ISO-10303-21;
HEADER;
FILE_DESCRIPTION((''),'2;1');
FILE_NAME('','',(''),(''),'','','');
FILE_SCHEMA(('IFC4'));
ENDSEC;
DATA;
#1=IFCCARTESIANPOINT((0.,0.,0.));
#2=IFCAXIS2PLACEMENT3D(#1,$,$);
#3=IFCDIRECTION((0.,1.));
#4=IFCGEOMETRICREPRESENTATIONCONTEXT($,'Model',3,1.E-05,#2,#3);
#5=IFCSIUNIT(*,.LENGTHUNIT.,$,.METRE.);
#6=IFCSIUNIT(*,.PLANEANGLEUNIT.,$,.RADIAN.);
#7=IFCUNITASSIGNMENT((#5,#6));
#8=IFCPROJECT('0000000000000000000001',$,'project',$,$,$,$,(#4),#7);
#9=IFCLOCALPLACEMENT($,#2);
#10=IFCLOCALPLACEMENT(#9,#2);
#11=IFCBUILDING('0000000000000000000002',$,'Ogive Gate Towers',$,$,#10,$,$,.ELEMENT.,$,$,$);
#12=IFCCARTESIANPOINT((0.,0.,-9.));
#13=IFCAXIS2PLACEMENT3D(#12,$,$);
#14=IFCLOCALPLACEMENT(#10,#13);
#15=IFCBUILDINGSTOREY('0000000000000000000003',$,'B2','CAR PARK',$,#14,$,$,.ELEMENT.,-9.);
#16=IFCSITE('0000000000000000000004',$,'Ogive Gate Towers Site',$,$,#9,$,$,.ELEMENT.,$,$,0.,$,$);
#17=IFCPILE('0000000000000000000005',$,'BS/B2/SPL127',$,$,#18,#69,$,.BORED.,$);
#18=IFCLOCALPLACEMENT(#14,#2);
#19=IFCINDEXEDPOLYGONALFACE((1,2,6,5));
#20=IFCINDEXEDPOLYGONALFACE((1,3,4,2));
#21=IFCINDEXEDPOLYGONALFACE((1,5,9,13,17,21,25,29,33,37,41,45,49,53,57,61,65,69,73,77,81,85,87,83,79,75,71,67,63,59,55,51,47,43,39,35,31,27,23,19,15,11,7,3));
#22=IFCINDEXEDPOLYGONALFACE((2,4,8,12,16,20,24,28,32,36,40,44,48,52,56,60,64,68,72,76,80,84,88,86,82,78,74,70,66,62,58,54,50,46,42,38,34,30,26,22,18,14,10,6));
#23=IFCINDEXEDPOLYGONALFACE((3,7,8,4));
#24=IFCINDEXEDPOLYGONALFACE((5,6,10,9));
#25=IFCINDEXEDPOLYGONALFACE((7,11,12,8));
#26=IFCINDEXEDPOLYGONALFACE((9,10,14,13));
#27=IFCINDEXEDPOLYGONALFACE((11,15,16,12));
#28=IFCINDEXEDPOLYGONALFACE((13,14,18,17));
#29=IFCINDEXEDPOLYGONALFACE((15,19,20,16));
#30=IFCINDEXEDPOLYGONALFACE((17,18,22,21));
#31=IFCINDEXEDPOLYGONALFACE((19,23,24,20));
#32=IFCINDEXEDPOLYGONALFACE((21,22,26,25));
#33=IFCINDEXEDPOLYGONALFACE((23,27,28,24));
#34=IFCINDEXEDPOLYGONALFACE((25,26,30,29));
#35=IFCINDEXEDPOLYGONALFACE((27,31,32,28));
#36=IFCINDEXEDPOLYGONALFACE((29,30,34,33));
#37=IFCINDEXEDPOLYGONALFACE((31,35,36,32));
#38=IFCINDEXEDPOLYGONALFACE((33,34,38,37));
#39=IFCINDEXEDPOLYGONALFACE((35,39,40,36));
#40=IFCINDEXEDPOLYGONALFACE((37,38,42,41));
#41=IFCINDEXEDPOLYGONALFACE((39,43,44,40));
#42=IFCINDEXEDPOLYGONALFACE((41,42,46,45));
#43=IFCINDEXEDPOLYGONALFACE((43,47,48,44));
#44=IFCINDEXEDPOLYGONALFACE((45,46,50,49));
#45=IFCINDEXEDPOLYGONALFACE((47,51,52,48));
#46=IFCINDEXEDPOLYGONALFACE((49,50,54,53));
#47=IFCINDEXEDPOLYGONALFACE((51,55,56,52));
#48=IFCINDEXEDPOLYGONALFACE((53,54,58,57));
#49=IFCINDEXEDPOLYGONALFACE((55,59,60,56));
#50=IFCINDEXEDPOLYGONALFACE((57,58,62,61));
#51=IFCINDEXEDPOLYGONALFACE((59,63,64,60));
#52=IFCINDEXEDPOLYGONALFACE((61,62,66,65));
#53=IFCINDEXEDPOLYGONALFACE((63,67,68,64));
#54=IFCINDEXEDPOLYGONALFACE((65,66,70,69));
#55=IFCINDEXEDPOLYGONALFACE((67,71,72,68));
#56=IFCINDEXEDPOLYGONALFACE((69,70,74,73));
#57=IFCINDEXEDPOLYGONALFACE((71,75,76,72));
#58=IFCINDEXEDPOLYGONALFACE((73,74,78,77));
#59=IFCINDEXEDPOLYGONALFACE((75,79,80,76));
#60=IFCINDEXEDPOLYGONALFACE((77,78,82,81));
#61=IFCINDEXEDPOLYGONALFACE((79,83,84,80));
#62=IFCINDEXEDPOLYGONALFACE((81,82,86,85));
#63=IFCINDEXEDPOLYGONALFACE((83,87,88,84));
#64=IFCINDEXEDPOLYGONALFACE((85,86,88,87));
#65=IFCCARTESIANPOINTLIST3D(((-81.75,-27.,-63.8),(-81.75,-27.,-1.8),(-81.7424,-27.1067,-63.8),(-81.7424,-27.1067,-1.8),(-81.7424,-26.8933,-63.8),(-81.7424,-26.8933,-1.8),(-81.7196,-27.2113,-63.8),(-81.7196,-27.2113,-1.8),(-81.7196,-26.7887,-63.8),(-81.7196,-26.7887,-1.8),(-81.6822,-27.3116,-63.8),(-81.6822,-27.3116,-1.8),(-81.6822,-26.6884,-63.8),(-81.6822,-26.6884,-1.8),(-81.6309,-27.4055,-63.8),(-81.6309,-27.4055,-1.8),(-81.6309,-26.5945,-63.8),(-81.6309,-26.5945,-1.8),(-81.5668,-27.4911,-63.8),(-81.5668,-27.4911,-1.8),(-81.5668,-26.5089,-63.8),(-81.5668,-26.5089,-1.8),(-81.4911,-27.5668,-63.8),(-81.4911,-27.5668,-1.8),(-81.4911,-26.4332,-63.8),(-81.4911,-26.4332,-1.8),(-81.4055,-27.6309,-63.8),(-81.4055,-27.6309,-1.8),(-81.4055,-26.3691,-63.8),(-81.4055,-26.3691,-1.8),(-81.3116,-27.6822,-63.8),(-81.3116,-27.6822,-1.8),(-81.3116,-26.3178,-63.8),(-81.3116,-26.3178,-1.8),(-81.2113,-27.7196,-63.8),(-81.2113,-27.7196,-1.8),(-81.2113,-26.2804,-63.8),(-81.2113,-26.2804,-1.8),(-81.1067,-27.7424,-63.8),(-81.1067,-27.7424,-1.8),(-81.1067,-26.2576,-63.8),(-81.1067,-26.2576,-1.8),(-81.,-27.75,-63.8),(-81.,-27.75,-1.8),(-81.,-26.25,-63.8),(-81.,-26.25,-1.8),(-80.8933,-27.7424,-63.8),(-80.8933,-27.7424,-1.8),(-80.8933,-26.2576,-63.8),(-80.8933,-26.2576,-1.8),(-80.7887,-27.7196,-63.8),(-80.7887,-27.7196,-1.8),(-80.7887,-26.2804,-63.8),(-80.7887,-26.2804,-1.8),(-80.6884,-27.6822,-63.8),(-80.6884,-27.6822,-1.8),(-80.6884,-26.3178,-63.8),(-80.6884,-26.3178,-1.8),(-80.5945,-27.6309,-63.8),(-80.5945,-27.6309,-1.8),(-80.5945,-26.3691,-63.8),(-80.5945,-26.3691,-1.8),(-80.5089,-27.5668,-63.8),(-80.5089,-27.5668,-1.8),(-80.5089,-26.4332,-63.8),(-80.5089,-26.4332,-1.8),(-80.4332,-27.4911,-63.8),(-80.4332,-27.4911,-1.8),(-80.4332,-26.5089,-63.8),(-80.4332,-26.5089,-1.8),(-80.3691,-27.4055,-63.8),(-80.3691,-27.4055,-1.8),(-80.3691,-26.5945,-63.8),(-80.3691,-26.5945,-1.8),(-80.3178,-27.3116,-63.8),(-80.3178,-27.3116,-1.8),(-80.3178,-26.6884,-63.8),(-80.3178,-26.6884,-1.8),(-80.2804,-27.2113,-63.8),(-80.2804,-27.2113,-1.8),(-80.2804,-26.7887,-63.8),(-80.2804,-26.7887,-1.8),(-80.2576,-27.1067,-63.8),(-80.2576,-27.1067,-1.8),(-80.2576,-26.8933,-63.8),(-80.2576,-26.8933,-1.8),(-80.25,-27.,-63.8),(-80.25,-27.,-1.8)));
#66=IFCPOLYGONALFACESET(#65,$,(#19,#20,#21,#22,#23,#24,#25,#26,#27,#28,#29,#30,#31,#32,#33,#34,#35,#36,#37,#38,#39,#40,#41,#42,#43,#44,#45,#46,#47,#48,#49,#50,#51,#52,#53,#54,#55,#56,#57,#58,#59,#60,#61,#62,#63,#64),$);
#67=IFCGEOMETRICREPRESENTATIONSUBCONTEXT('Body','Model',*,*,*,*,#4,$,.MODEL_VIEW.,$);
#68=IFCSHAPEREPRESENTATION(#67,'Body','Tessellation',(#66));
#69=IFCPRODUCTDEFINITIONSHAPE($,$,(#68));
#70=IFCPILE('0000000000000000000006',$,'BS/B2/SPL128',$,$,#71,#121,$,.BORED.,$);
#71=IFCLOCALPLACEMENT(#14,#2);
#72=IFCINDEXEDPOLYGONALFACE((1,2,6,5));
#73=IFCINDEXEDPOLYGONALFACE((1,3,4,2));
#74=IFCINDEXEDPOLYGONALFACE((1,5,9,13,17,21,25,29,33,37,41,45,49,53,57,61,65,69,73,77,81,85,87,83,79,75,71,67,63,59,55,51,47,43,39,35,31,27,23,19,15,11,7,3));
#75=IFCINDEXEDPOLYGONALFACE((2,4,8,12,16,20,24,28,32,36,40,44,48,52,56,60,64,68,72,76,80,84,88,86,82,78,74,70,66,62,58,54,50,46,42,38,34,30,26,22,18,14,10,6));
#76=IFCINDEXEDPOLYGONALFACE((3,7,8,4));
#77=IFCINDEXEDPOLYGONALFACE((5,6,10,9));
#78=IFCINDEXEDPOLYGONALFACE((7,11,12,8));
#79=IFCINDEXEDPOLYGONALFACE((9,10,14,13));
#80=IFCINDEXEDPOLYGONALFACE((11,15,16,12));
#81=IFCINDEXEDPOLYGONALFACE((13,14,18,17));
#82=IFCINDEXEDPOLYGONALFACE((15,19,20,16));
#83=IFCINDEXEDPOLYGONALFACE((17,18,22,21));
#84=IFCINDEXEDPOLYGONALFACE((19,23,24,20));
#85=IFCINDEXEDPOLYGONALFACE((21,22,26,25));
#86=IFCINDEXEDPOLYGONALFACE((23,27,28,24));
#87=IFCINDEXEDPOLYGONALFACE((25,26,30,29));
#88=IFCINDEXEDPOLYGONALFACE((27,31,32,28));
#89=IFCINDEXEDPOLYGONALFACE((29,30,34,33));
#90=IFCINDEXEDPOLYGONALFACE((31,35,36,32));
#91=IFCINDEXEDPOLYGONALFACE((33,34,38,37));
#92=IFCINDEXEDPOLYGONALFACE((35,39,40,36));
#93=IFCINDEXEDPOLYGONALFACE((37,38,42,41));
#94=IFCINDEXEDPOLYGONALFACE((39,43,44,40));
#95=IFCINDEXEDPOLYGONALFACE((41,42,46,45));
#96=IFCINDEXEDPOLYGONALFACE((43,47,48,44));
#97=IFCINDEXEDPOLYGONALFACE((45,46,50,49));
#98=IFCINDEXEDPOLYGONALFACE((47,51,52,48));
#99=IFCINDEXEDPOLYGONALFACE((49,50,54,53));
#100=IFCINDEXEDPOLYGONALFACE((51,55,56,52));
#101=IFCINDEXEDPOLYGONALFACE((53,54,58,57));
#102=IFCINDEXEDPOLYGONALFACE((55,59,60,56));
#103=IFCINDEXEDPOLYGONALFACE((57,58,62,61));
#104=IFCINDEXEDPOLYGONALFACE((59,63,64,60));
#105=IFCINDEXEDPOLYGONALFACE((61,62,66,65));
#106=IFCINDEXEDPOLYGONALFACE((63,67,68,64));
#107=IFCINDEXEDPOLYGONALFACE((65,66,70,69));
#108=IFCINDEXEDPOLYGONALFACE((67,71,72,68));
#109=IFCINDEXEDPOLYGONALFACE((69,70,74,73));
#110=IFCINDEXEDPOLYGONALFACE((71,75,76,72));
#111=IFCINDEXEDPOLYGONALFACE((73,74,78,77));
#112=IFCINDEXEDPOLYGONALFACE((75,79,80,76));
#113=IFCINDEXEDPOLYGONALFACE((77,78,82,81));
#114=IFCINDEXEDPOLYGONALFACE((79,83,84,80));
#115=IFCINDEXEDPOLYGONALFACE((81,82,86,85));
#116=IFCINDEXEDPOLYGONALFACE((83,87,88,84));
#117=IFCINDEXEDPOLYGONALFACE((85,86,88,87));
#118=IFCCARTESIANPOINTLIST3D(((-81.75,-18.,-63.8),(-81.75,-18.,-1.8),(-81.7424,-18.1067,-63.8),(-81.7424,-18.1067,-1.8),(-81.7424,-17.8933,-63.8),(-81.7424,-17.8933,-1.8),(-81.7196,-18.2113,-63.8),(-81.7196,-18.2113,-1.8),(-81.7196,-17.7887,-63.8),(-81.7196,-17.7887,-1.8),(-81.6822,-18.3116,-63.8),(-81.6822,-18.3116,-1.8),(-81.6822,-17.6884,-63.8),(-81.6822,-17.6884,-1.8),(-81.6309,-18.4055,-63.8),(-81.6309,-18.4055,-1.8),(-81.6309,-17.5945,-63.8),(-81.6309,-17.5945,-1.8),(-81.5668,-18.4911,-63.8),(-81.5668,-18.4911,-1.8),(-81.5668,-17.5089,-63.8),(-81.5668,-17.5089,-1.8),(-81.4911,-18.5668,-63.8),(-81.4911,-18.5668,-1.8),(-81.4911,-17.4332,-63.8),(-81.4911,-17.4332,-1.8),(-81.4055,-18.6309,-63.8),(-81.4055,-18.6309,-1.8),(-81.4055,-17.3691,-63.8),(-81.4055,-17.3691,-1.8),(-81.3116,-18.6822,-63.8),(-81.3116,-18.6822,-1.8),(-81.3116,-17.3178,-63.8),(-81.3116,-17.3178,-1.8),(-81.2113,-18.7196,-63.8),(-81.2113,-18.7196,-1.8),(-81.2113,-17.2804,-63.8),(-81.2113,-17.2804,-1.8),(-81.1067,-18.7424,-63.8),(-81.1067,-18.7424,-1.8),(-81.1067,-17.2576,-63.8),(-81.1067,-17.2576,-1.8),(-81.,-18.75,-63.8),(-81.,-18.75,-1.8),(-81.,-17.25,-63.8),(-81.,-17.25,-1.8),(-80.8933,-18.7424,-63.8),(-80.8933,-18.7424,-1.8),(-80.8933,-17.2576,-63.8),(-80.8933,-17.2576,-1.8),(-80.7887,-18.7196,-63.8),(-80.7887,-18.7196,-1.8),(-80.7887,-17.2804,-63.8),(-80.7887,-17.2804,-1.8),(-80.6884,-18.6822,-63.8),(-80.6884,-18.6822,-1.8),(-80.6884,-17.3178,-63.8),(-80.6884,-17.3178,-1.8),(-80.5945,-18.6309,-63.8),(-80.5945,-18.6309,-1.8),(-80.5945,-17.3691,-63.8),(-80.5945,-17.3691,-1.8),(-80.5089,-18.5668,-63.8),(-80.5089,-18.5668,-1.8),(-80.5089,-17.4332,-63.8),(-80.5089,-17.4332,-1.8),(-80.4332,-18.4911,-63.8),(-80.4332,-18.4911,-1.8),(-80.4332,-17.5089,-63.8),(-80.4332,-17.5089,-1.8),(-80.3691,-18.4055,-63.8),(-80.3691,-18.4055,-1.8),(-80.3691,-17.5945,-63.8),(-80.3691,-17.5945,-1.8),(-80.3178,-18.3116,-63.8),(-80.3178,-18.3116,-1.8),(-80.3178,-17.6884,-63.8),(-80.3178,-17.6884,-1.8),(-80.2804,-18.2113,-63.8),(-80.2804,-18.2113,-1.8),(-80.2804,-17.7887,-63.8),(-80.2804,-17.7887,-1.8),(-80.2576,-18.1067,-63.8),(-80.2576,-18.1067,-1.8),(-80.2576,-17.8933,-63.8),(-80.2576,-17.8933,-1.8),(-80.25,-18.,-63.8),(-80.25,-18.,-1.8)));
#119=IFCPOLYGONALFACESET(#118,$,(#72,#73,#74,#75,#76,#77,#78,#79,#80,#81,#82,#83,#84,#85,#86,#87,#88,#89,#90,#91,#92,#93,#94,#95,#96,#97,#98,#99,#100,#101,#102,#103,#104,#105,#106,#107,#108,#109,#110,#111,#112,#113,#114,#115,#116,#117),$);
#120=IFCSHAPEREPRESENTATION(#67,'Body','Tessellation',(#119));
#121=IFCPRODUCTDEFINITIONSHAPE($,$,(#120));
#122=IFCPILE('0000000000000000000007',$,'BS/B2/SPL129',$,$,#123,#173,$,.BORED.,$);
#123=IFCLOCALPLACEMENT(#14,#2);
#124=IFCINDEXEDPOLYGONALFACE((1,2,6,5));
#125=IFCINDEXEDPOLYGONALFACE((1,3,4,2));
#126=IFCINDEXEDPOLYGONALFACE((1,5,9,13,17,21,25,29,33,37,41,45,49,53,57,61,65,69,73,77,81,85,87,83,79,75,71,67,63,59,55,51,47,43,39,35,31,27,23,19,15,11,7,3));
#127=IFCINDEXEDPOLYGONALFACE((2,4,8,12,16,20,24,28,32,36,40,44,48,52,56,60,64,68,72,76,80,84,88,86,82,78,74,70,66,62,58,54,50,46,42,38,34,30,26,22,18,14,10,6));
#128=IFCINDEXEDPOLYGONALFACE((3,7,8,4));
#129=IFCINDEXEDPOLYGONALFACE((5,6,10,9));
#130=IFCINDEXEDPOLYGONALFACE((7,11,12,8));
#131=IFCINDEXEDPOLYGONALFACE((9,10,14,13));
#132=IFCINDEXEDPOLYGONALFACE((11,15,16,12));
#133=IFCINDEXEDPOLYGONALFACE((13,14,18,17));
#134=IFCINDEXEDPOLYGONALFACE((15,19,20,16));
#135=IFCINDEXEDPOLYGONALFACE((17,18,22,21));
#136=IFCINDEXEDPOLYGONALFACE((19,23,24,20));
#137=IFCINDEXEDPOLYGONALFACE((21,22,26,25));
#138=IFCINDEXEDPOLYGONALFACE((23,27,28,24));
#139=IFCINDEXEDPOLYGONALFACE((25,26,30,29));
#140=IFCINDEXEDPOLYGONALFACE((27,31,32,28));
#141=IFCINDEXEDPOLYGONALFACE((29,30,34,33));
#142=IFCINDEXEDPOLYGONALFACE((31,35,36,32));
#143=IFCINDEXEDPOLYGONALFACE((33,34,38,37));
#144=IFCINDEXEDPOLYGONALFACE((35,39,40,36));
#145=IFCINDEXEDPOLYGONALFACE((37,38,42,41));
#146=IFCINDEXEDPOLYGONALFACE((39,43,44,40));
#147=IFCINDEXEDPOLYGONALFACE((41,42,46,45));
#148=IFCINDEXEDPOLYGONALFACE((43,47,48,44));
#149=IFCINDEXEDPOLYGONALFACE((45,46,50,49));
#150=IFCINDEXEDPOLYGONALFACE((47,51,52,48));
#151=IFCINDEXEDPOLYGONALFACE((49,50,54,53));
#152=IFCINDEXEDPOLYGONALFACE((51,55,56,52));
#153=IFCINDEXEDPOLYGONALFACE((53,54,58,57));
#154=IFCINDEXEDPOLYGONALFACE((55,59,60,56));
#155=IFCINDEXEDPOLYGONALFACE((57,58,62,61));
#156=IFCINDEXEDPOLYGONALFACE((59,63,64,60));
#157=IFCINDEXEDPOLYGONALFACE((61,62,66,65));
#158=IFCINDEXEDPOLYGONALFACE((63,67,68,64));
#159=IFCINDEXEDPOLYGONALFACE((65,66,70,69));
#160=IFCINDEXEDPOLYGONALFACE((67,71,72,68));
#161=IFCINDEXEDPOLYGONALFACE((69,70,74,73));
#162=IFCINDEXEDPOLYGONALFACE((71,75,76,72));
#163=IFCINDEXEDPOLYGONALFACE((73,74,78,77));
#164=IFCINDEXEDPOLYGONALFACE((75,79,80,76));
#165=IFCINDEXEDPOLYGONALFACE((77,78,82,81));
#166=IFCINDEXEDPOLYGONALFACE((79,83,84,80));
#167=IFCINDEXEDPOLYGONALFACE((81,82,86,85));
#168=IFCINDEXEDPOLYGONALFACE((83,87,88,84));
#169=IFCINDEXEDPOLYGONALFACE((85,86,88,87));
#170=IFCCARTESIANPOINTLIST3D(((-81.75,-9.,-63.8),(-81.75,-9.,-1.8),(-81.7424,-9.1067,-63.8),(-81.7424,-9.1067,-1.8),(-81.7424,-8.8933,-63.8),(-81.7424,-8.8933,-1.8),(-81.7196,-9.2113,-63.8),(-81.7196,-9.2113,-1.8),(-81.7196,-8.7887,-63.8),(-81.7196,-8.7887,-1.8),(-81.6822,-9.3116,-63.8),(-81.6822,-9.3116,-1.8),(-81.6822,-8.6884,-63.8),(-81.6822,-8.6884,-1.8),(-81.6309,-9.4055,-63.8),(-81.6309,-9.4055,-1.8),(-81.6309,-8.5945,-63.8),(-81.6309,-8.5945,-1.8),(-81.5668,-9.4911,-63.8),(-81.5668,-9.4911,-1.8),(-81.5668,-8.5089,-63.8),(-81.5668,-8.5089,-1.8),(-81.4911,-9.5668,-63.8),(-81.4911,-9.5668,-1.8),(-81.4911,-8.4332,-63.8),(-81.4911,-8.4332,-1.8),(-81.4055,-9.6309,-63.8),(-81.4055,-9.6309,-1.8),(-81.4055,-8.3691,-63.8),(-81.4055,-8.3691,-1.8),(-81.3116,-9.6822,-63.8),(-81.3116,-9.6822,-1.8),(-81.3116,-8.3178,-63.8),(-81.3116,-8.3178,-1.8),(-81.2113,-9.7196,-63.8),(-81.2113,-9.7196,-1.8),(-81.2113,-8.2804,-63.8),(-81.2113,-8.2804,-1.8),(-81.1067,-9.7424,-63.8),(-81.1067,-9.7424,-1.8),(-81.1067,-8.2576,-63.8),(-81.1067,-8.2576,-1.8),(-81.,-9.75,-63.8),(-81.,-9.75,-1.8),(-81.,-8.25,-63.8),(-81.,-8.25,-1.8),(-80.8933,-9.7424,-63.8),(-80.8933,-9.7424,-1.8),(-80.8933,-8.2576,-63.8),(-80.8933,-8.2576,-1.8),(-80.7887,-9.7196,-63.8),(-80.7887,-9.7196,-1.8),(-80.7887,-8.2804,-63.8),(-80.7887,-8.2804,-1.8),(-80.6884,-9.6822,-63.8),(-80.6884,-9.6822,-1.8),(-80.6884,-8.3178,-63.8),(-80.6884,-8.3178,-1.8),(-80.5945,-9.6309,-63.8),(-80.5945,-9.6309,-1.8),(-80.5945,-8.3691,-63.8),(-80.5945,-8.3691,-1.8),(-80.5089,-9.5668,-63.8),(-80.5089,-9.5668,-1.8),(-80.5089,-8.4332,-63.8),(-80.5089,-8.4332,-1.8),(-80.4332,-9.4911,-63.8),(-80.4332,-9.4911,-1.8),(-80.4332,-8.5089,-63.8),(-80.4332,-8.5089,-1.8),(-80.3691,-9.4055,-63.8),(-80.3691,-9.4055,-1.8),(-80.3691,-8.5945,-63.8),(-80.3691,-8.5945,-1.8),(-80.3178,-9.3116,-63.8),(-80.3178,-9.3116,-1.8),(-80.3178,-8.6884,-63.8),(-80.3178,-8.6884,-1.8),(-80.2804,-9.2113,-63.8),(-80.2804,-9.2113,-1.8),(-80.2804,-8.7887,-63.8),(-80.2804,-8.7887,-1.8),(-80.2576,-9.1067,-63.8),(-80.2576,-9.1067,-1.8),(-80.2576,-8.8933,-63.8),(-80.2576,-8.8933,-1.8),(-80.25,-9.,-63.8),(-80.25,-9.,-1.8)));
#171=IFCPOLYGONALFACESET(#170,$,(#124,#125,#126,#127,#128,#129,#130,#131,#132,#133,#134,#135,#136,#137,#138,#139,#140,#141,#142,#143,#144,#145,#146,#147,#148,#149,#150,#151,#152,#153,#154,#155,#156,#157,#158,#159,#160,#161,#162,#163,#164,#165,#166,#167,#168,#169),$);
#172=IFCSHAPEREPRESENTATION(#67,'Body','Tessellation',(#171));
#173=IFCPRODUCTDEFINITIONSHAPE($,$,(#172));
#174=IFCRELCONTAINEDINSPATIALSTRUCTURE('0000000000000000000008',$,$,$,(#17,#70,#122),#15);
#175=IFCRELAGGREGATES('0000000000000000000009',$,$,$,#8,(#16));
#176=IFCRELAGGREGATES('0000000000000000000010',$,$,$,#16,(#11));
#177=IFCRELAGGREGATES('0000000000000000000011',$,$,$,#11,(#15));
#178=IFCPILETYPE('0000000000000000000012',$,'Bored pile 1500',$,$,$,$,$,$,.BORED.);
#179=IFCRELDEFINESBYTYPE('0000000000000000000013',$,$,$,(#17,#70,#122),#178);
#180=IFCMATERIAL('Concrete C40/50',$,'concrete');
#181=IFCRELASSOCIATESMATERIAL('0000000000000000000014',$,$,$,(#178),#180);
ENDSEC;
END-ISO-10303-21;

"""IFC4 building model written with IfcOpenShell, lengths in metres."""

from ifc_helpers import new_model, si_unit, direction, frame, origin, origin_2d, place, context, subcontext, project, spatial, circle, extrude, material, material_profile, profile_set, type_object, element, save


model = new_model("IFC4")

# Units and contexts
model_context = context("Model", 3, precision=1e-05, world=origin(), true_north=direction((0.0, 1.0)))
body_context = subcontext(model_context, "Body", "Model", "MODEL_VIEW")
ifc_project = project(units=[si_unit("LENGTHUNIT", "METRE"), si_unit("PLANEANGLEUNIT", "RADIAN")], contexts=[model_context])

# Site, building, storey
site_placement = place(None, origin())
site = spatial("IfcSite", under=ifc_project, at=site_placement, Name="Ogive Gate Towers Site", CompositionType="ELEMENT", RefElevation=0.0)
building_placement = place(site_placement, origin())
building = spatial("IfcBuilding", under=site, at=building_placement, Name="Ogive Gate Towers", CompositionType="ELEMENT")
storey_placement = place(building_placement, frame((0.0, 0.0, -9.0)))
storey = spatial("IfcBuildingStorey", under=building, at=storey_placement, Name="B2", Description="CAR PARK", CompositionType="ELEMENT", Elevation=-9.0)

# Piles
ifc_material_1 = material(Name="Concrete C40/50", Category="concrete")
ifc_material_profile_1 = material_profile(ifc_material_1, circle(Radius=0.75, at=origin_2d()), Name="BP 1500")
ifc_profile_set_1 = profile_set([ifc_material_profile_1], Name="Concrete C40/50")
pile_type_1 = type_object("IfcPileType", Name="Bored pile 1500", PredefinedType="BORED", material=ifc_profile_set_1)
for number, where, z_axis, x_axis, name in (
    (1, (-81.0, -27.0, -1.8), (0.0, 0.0, -1.0), (1.0, 0.0, 0.0), "BS/B2/SPL127"),
    (2, (-81.0, -18.0, -1.8), (0.0, 0.0, -1.0), (1.0, 0.0, 0.0), "BS/B2/SPL128"),
    (3, (-81.0, -9.0, -1.8), (0.0, 0.0, -1.0), (1.0, 0.0, 0.0), "BS/B2/SPL129"),
):
    element("IfcPile", number, at=place(storey_placement, frame(where, z_axis=z_axis, x_axis=x_axis)), inside=storey, type_object=pile_type_1, Name=name, PredefinedType="BORED", context=body_context, shape_type="SweptSolid", body=[
        extrude(circle(Radius=0.75, at=origin_2d()), origin(), (0.0, 0.0, 1.0), 62.0),
    ])

save(model, "model.ifc")
